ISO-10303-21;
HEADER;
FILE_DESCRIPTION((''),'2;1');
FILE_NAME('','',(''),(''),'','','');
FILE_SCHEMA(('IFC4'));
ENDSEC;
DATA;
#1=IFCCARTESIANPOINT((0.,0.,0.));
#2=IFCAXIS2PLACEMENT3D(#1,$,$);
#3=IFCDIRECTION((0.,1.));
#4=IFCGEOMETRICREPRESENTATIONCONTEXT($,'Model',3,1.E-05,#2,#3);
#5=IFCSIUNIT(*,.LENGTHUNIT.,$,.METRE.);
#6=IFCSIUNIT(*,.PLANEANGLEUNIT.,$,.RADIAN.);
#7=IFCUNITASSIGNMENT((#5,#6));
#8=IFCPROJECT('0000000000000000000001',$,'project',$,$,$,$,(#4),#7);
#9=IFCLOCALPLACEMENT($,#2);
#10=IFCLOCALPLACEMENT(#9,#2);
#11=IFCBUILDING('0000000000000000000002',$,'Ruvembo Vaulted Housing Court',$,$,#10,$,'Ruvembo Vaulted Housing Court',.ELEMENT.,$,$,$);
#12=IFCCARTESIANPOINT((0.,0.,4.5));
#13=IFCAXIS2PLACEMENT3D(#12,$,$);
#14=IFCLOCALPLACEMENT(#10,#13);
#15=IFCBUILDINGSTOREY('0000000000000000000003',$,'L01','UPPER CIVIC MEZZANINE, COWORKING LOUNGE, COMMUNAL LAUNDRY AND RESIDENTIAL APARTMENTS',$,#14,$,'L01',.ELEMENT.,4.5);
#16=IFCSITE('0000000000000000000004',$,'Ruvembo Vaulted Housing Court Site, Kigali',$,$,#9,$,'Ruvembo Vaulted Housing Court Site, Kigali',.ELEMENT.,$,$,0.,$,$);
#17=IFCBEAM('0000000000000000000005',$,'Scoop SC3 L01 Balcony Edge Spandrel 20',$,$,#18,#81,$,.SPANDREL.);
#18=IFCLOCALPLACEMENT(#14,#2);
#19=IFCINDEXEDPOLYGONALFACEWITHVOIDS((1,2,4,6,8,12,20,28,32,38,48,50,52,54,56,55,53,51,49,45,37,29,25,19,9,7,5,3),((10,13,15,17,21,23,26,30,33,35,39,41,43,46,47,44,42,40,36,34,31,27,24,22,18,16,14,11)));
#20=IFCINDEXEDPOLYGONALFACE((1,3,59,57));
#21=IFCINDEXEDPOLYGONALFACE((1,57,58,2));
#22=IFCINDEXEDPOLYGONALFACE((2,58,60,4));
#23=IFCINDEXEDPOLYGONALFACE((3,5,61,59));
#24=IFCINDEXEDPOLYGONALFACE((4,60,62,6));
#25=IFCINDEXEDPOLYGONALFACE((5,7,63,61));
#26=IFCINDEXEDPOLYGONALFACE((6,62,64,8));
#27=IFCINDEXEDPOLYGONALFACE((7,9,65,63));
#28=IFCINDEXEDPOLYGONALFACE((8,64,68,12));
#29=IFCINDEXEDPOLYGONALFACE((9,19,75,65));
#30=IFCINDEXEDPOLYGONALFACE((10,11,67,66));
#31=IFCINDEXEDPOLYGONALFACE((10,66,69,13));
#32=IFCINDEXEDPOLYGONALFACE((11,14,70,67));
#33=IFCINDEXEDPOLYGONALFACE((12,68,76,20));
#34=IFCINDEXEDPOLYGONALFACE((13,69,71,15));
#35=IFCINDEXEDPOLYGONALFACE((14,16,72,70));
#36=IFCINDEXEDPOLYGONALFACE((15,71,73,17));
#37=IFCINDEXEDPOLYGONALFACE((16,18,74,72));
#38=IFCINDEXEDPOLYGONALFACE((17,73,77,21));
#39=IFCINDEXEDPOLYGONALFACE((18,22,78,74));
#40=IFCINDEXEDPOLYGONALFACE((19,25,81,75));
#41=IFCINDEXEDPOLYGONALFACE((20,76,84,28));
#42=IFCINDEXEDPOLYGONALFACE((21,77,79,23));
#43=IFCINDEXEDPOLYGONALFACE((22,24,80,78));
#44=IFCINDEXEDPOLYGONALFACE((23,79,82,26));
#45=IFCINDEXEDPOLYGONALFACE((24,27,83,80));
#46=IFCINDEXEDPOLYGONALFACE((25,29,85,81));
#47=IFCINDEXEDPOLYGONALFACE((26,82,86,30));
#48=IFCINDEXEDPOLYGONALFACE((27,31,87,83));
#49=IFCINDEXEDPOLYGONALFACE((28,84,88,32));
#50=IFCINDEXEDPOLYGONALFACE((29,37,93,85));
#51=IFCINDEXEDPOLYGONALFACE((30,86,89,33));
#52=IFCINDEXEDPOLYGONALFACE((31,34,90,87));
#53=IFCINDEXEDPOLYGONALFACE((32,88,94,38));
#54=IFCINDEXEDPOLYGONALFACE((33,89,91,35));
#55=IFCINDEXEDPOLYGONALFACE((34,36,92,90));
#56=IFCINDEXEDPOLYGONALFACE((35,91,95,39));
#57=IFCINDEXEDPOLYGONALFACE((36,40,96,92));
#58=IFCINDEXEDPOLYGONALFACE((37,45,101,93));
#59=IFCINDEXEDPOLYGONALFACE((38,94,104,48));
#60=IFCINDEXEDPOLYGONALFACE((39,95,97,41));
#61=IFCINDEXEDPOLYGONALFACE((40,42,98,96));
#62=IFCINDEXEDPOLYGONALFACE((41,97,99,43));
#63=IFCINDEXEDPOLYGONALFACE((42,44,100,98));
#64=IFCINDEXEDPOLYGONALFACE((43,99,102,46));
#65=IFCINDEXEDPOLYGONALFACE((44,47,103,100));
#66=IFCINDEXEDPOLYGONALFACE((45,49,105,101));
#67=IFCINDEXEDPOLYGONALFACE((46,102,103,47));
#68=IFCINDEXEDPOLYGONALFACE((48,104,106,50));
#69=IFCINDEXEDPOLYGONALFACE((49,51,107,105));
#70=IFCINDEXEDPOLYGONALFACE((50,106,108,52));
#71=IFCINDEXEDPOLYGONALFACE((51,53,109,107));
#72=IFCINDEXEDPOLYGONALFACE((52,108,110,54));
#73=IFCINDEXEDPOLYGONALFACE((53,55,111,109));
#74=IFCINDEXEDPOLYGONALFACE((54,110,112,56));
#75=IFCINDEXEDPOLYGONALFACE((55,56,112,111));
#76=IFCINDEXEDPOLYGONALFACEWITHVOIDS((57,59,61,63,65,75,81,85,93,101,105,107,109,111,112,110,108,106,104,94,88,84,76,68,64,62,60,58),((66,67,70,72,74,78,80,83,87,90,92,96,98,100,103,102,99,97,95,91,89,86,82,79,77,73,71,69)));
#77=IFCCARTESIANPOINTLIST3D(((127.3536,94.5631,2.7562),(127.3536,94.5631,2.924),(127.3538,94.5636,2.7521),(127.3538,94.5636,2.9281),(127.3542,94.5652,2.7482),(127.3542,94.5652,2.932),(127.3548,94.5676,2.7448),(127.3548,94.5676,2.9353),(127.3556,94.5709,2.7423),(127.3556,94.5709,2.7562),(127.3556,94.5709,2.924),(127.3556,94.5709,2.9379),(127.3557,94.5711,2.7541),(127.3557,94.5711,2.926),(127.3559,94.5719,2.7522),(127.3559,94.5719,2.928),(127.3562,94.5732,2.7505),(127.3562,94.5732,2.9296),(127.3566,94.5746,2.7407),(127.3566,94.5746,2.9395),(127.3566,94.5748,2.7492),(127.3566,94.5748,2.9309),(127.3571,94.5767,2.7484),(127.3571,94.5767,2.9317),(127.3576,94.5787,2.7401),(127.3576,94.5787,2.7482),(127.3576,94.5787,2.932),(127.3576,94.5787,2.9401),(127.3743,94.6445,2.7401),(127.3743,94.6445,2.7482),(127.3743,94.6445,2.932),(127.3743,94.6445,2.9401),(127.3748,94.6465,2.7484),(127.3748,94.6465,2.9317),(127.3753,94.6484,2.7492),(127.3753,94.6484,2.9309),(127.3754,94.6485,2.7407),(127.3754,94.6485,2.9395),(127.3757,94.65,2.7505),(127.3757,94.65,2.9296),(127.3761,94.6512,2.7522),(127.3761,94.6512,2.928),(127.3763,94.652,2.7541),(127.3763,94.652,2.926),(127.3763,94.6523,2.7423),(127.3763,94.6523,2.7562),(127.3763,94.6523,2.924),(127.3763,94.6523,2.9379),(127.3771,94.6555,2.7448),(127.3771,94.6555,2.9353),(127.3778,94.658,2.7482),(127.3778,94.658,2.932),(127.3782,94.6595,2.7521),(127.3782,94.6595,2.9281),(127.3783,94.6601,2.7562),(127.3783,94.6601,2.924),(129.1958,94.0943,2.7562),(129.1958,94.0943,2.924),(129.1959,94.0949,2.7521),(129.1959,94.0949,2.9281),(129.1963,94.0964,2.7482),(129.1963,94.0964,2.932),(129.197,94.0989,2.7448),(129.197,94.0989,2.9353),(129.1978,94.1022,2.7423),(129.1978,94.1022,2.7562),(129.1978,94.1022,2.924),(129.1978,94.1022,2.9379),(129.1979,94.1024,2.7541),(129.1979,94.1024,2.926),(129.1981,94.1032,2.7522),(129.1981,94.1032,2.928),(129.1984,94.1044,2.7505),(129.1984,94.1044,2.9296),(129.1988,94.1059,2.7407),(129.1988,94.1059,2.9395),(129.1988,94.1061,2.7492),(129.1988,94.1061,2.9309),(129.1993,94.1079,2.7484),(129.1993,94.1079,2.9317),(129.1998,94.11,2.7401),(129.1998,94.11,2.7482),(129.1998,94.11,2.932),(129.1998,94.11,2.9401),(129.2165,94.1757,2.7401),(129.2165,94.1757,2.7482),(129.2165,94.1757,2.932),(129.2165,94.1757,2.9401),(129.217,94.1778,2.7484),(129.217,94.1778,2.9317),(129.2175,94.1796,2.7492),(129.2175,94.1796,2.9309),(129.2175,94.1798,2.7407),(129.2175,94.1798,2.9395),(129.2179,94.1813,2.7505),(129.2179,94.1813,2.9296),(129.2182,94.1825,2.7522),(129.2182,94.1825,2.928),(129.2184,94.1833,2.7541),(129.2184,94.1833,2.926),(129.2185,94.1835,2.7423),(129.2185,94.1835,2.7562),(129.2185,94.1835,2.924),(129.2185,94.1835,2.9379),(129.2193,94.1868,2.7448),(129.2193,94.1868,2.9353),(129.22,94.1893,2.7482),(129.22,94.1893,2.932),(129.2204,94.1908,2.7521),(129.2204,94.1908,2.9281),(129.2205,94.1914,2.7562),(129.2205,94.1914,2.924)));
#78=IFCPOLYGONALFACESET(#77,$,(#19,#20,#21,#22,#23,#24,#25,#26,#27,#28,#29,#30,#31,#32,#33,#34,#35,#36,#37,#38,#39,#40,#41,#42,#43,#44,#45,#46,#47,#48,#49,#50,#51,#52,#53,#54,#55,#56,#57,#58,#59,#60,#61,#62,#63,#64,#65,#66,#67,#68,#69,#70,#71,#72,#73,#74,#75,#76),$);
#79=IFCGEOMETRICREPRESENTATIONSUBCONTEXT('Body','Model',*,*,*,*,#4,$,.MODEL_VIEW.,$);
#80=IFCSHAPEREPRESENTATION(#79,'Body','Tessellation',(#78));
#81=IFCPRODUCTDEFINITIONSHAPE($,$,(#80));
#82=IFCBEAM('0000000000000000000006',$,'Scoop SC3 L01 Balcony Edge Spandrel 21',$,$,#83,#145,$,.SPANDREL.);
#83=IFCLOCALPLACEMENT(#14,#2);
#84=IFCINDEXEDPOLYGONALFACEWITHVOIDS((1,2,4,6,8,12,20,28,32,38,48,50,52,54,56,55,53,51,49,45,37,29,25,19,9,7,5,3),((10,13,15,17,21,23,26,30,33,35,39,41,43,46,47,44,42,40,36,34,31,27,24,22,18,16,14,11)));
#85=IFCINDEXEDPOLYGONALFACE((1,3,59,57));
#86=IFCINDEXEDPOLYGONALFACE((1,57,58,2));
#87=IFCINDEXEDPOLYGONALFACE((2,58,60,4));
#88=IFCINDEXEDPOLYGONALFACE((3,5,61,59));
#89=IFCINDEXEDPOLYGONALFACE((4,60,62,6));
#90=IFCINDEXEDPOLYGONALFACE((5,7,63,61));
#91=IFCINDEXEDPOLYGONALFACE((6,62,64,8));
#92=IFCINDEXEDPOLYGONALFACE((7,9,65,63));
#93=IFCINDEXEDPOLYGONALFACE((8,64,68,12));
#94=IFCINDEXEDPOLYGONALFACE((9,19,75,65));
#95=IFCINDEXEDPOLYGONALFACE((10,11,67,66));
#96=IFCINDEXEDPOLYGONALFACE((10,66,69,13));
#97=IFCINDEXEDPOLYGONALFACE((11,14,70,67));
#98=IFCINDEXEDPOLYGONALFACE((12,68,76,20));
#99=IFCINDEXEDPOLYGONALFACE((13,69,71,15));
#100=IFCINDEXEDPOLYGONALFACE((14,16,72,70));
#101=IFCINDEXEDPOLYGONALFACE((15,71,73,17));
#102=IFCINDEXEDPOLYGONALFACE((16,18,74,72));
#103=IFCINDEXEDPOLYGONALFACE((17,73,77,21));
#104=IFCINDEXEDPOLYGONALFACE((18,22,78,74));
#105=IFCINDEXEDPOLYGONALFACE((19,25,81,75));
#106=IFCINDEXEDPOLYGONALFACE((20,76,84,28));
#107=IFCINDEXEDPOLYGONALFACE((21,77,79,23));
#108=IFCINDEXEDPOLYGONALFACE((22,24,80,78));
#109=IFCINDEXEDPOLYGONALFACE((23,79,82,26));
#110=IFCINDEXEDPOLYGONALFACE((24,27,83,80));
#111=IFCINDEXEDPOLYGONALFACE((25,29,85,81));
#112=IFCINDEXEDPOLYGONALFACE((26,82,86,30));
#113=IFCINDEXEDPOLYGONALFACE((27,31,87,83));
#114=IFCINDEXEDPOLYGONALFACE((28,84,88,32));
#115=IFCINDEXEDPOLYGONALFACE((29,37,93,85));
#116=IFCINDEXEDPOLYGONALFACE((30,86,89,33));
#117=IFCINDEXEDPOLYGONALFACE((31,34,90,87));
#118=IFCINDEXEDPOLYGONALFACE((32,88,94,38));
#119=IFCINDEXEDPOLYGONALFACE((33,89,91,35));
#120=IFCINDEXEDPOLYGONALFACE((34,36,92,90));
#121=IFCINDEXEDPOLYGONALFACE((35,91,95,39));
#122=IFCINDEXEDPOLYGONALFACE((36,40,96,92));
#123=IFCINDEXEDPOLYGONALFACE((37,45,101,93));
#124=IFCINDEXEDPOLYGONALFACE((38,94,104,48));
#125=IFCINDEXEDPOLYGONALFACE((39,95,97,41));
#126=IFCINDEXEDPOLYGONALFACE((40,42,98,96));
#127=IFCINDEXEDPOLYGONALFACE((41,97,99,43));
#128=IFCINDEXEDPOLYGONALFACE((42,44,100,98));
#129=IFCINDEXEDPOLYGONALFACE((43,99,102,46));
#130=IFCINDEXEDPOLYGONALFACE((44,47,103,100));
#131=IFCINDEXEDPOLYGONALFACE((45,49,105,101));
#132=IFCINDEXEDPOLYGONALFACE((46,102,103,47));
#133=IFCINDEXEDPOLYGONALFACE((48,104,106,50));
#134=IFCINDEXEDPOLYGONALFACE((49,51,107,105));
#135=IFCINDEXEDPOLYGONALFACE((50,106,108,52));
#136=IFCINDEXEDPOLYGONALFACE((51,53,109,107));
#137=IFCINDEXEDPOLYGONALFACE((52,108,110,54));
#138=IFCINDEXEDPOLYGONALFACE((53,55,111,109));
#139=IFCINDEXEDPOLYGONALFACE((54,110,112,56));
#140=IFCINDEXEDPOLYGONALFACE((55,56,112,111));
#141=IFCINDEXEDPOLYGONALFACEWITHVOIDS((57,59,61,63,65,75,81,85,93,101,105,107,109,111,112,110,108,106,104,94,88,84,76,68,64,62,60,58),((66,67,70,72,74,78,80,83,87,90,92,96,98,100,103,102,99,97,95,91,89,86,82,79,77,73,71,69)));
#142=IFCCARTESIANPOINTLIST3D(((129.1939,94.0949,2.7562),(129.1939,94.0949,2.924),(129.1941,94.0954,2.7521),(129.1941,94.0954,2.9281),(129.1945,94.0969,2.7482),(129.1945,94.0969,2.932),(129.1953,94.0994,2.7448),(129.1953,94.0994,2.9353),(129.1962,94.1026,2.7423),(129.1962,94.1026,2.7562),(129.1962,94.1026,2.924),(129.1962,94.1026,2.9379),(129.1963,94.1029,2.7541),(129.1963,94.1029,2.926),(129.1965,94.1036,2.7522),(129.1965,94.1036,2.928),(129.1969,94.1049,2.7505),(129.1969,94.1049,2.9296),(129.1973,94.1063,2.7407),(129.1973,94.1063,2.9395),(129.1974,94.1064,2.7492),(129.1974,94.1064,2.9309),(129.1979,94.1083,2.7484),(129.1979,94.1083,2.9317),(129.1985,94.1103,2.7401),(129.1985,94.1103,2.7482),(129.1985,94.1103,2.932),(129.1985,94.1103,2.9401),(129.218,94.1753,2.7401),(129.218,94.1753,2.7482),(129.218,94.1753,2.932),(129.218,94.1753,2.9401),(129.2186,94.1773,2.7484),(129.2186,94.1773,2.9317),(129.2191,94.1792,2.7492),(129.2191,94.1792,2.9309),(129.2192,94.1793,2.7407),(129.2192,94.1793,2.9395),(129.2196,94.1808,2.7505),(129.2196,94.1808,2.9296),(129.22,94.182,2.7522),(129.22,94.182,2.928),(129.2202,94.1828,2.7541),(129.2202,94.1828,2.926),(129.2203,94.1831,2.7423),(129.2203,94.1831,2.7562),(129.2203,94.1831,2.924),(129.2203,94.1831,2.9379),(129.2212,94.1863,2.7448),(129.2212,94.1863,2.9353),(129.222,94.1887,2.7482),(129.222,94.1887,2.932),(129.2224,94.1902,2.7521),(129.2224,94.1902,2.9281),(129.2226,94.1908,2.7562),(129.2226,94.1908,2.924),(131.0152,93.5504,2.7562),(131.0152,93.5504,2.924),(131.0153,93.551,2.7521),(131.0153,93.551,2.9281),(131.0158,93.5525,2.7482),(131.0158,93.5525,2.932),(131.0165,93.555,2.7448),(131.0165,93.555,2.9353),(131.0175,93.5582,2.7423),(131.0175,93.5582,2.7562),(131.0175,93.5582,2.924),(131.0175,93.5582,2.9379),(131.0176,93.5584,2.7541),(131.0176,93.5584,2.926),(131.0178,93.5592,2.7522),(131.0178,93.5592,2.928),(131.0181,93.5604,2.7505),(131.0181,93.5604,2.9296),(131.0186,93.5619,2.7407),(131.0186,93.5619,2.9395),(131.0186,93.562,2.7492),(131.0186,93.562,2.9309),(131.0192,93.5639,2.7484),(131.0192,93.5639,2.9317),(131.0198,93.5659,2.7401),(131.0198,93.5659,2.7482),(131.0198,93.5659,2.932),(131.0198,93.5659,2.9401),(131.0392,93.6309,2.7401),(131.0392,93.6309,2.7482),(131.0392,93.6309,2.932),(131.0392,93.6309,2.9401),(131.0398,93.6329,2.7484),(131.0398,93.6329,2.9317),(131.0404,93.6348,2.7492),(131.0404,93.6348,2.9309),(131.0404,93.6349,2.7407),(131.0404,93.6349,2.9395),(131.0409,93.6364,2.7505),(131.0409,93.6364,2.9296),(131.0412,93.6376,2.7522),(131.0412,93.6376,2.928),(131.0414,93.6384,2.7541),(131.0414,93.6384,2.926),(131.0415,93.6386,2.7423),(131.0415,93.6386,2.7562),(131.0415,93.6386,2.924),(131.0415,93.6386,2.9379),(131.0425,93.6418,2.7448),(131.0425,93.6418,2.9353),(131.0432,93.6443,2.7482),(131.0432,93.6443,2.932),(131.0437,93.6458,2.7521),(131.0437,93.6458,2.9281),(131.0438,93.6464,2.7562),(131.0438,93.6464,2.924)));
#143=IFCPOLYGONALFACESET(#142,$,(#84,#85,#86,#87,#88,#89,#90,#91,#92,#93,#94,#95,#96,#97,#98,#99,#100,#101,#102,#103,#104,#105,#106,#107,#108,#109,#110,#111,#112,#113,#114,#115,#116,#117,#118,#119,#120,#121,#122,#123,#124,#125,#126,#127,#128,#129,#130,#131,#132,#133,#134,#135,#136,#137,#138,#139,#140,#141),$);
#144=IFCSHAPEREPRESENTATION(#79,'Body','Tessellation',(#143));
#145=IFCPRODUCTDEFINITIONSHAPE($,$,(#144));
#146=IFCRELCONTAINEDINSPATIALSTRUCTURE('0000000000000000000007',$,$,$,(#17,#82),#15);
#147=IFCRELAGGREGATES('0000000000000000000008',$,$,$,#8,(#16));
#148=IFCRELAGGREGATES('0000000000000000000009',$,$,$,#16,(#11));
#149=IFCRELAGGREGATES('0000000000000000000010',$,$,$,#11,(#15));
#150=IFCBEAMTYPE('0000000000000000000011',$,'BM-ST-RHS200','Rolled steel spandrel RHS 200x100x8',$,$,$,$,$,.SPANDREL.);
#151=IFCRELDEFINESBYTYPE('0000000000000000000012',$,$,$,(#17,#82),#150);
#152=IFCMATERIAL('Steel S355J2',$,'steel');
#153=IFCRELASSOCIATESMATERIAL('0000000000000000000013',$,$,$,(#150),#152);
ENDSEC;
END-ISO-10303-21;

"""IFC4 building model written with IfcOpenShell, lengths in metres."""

from ifc_helpers import new_model, si_unit, direction, frame, origin, origin_2d, place, context, subcontext, project, spatial, hollow_rectangle, extrude, material, material_profile, profile_set, type_object, element, save


model = new_model("IFC4")

# Units and contexts
model_context = context("Model", 3, precision=1e-05, world=origin(), true_north=direction((0.0, 1.0)))
body_context = subcontext(model_context, "Body", "Model", "MODEL_VIEW")
ifc_project = project(units=[si_unit("LENGTHUNIT", "METRE"), si_unit("PLANEANGLEUNIT", "RADIAN")], contexts=[model_context])

# Site, building, storey
site_placement = place(None, origin())
site = spatial("IfcSite", under=ifc_project, at=site_placement, Name="Ruvembo Vaulted Housing Court Site, Kigali", LongName="Ruvembo Vaulted Housing Court Site, Kigali", CompositionType="ELEMENT", RefElevation=0.0)
building_placement = place(site_placement, origin())
building = spatial("IfcBuilding", under=site, at=building_placement, Name="Ruvembo Vaulted Housing Court", LongName="Ruvembo Vaulted Housing Court", CompositionType="ELEMENT")
storey_placement = place(building_placement, frame((0.0, 0.0, 4.5)))
storey = spatial("IfcBuildingStorey", under=building, at=storey_placement, Name="L01", Description="UPPER CIVIC MEZZANINE, COWORKING LOUNGE, COMMUNAL LAUNDRY AND RESIDENTIAL APARTMENTS", LongName="L01", CompositionType="ELEMENT", Elevation=4.5)

# Beams
ifc_material_1 = material(Name="Steel S355J2", Category="steel")
ifc_material_profile_1 = material_profile(ifc_material_1, hollow_rectangle(XDim=0.1001, YDim=0.2, WallThickness=0.0081, InnerFilletRadius=0.0081, OuterFilletRadius=0.0161, at=origin_2d()), Name="RHS 200x100x8")
ifc_profile_set_1 = profile_set([ifc_material_profile_1], Name="Steel S355J2")
beam_type = type_object("IfcBeamType", Name="BM-ST-RHS200", Description="Rolled steel spandrel RHS 200x100x8", PredefinedType="SPANDREL", material=ifc_profile_set_1)
for number, where, z_axis, x_axis, name in (
    (1, (127.366, 94.6116, 2.8401), (0.969122, -0.246583, 0.0), (0.246583, 0.969122, 0.0), "Scoop SC3 L01 Balcony Edge Spandrel 20"),
    (2, (129.2083, 94.1428, 2.8401), (0.958109, -0.286405, 0.0), (0.286405, 0.958109, 0.0), "Scoop SC3 L01 Balcony Edge Spandrel 21"),
):
    element("IfcBeam", number, at=place(storey_placement, frame(where, z_axis=z_axis, x_axis=x_axis)), inside=storey, type_object=beam_type, Name=name, PredefinedType="SPANDREL", context=body_context, shape_type="SweptSolid", body=[
        extrude(hollow_rectangle(XDim=0.1001, YDim=0.2, WallThickness=0.0081, InnerFilletRadius=0.0081, OuterFilletRadius=0.0161, at=origin_2d()), origin(), (0.0, 0.0, 1.0), 1.9009),
    ])

save(model, "model.ifc")
